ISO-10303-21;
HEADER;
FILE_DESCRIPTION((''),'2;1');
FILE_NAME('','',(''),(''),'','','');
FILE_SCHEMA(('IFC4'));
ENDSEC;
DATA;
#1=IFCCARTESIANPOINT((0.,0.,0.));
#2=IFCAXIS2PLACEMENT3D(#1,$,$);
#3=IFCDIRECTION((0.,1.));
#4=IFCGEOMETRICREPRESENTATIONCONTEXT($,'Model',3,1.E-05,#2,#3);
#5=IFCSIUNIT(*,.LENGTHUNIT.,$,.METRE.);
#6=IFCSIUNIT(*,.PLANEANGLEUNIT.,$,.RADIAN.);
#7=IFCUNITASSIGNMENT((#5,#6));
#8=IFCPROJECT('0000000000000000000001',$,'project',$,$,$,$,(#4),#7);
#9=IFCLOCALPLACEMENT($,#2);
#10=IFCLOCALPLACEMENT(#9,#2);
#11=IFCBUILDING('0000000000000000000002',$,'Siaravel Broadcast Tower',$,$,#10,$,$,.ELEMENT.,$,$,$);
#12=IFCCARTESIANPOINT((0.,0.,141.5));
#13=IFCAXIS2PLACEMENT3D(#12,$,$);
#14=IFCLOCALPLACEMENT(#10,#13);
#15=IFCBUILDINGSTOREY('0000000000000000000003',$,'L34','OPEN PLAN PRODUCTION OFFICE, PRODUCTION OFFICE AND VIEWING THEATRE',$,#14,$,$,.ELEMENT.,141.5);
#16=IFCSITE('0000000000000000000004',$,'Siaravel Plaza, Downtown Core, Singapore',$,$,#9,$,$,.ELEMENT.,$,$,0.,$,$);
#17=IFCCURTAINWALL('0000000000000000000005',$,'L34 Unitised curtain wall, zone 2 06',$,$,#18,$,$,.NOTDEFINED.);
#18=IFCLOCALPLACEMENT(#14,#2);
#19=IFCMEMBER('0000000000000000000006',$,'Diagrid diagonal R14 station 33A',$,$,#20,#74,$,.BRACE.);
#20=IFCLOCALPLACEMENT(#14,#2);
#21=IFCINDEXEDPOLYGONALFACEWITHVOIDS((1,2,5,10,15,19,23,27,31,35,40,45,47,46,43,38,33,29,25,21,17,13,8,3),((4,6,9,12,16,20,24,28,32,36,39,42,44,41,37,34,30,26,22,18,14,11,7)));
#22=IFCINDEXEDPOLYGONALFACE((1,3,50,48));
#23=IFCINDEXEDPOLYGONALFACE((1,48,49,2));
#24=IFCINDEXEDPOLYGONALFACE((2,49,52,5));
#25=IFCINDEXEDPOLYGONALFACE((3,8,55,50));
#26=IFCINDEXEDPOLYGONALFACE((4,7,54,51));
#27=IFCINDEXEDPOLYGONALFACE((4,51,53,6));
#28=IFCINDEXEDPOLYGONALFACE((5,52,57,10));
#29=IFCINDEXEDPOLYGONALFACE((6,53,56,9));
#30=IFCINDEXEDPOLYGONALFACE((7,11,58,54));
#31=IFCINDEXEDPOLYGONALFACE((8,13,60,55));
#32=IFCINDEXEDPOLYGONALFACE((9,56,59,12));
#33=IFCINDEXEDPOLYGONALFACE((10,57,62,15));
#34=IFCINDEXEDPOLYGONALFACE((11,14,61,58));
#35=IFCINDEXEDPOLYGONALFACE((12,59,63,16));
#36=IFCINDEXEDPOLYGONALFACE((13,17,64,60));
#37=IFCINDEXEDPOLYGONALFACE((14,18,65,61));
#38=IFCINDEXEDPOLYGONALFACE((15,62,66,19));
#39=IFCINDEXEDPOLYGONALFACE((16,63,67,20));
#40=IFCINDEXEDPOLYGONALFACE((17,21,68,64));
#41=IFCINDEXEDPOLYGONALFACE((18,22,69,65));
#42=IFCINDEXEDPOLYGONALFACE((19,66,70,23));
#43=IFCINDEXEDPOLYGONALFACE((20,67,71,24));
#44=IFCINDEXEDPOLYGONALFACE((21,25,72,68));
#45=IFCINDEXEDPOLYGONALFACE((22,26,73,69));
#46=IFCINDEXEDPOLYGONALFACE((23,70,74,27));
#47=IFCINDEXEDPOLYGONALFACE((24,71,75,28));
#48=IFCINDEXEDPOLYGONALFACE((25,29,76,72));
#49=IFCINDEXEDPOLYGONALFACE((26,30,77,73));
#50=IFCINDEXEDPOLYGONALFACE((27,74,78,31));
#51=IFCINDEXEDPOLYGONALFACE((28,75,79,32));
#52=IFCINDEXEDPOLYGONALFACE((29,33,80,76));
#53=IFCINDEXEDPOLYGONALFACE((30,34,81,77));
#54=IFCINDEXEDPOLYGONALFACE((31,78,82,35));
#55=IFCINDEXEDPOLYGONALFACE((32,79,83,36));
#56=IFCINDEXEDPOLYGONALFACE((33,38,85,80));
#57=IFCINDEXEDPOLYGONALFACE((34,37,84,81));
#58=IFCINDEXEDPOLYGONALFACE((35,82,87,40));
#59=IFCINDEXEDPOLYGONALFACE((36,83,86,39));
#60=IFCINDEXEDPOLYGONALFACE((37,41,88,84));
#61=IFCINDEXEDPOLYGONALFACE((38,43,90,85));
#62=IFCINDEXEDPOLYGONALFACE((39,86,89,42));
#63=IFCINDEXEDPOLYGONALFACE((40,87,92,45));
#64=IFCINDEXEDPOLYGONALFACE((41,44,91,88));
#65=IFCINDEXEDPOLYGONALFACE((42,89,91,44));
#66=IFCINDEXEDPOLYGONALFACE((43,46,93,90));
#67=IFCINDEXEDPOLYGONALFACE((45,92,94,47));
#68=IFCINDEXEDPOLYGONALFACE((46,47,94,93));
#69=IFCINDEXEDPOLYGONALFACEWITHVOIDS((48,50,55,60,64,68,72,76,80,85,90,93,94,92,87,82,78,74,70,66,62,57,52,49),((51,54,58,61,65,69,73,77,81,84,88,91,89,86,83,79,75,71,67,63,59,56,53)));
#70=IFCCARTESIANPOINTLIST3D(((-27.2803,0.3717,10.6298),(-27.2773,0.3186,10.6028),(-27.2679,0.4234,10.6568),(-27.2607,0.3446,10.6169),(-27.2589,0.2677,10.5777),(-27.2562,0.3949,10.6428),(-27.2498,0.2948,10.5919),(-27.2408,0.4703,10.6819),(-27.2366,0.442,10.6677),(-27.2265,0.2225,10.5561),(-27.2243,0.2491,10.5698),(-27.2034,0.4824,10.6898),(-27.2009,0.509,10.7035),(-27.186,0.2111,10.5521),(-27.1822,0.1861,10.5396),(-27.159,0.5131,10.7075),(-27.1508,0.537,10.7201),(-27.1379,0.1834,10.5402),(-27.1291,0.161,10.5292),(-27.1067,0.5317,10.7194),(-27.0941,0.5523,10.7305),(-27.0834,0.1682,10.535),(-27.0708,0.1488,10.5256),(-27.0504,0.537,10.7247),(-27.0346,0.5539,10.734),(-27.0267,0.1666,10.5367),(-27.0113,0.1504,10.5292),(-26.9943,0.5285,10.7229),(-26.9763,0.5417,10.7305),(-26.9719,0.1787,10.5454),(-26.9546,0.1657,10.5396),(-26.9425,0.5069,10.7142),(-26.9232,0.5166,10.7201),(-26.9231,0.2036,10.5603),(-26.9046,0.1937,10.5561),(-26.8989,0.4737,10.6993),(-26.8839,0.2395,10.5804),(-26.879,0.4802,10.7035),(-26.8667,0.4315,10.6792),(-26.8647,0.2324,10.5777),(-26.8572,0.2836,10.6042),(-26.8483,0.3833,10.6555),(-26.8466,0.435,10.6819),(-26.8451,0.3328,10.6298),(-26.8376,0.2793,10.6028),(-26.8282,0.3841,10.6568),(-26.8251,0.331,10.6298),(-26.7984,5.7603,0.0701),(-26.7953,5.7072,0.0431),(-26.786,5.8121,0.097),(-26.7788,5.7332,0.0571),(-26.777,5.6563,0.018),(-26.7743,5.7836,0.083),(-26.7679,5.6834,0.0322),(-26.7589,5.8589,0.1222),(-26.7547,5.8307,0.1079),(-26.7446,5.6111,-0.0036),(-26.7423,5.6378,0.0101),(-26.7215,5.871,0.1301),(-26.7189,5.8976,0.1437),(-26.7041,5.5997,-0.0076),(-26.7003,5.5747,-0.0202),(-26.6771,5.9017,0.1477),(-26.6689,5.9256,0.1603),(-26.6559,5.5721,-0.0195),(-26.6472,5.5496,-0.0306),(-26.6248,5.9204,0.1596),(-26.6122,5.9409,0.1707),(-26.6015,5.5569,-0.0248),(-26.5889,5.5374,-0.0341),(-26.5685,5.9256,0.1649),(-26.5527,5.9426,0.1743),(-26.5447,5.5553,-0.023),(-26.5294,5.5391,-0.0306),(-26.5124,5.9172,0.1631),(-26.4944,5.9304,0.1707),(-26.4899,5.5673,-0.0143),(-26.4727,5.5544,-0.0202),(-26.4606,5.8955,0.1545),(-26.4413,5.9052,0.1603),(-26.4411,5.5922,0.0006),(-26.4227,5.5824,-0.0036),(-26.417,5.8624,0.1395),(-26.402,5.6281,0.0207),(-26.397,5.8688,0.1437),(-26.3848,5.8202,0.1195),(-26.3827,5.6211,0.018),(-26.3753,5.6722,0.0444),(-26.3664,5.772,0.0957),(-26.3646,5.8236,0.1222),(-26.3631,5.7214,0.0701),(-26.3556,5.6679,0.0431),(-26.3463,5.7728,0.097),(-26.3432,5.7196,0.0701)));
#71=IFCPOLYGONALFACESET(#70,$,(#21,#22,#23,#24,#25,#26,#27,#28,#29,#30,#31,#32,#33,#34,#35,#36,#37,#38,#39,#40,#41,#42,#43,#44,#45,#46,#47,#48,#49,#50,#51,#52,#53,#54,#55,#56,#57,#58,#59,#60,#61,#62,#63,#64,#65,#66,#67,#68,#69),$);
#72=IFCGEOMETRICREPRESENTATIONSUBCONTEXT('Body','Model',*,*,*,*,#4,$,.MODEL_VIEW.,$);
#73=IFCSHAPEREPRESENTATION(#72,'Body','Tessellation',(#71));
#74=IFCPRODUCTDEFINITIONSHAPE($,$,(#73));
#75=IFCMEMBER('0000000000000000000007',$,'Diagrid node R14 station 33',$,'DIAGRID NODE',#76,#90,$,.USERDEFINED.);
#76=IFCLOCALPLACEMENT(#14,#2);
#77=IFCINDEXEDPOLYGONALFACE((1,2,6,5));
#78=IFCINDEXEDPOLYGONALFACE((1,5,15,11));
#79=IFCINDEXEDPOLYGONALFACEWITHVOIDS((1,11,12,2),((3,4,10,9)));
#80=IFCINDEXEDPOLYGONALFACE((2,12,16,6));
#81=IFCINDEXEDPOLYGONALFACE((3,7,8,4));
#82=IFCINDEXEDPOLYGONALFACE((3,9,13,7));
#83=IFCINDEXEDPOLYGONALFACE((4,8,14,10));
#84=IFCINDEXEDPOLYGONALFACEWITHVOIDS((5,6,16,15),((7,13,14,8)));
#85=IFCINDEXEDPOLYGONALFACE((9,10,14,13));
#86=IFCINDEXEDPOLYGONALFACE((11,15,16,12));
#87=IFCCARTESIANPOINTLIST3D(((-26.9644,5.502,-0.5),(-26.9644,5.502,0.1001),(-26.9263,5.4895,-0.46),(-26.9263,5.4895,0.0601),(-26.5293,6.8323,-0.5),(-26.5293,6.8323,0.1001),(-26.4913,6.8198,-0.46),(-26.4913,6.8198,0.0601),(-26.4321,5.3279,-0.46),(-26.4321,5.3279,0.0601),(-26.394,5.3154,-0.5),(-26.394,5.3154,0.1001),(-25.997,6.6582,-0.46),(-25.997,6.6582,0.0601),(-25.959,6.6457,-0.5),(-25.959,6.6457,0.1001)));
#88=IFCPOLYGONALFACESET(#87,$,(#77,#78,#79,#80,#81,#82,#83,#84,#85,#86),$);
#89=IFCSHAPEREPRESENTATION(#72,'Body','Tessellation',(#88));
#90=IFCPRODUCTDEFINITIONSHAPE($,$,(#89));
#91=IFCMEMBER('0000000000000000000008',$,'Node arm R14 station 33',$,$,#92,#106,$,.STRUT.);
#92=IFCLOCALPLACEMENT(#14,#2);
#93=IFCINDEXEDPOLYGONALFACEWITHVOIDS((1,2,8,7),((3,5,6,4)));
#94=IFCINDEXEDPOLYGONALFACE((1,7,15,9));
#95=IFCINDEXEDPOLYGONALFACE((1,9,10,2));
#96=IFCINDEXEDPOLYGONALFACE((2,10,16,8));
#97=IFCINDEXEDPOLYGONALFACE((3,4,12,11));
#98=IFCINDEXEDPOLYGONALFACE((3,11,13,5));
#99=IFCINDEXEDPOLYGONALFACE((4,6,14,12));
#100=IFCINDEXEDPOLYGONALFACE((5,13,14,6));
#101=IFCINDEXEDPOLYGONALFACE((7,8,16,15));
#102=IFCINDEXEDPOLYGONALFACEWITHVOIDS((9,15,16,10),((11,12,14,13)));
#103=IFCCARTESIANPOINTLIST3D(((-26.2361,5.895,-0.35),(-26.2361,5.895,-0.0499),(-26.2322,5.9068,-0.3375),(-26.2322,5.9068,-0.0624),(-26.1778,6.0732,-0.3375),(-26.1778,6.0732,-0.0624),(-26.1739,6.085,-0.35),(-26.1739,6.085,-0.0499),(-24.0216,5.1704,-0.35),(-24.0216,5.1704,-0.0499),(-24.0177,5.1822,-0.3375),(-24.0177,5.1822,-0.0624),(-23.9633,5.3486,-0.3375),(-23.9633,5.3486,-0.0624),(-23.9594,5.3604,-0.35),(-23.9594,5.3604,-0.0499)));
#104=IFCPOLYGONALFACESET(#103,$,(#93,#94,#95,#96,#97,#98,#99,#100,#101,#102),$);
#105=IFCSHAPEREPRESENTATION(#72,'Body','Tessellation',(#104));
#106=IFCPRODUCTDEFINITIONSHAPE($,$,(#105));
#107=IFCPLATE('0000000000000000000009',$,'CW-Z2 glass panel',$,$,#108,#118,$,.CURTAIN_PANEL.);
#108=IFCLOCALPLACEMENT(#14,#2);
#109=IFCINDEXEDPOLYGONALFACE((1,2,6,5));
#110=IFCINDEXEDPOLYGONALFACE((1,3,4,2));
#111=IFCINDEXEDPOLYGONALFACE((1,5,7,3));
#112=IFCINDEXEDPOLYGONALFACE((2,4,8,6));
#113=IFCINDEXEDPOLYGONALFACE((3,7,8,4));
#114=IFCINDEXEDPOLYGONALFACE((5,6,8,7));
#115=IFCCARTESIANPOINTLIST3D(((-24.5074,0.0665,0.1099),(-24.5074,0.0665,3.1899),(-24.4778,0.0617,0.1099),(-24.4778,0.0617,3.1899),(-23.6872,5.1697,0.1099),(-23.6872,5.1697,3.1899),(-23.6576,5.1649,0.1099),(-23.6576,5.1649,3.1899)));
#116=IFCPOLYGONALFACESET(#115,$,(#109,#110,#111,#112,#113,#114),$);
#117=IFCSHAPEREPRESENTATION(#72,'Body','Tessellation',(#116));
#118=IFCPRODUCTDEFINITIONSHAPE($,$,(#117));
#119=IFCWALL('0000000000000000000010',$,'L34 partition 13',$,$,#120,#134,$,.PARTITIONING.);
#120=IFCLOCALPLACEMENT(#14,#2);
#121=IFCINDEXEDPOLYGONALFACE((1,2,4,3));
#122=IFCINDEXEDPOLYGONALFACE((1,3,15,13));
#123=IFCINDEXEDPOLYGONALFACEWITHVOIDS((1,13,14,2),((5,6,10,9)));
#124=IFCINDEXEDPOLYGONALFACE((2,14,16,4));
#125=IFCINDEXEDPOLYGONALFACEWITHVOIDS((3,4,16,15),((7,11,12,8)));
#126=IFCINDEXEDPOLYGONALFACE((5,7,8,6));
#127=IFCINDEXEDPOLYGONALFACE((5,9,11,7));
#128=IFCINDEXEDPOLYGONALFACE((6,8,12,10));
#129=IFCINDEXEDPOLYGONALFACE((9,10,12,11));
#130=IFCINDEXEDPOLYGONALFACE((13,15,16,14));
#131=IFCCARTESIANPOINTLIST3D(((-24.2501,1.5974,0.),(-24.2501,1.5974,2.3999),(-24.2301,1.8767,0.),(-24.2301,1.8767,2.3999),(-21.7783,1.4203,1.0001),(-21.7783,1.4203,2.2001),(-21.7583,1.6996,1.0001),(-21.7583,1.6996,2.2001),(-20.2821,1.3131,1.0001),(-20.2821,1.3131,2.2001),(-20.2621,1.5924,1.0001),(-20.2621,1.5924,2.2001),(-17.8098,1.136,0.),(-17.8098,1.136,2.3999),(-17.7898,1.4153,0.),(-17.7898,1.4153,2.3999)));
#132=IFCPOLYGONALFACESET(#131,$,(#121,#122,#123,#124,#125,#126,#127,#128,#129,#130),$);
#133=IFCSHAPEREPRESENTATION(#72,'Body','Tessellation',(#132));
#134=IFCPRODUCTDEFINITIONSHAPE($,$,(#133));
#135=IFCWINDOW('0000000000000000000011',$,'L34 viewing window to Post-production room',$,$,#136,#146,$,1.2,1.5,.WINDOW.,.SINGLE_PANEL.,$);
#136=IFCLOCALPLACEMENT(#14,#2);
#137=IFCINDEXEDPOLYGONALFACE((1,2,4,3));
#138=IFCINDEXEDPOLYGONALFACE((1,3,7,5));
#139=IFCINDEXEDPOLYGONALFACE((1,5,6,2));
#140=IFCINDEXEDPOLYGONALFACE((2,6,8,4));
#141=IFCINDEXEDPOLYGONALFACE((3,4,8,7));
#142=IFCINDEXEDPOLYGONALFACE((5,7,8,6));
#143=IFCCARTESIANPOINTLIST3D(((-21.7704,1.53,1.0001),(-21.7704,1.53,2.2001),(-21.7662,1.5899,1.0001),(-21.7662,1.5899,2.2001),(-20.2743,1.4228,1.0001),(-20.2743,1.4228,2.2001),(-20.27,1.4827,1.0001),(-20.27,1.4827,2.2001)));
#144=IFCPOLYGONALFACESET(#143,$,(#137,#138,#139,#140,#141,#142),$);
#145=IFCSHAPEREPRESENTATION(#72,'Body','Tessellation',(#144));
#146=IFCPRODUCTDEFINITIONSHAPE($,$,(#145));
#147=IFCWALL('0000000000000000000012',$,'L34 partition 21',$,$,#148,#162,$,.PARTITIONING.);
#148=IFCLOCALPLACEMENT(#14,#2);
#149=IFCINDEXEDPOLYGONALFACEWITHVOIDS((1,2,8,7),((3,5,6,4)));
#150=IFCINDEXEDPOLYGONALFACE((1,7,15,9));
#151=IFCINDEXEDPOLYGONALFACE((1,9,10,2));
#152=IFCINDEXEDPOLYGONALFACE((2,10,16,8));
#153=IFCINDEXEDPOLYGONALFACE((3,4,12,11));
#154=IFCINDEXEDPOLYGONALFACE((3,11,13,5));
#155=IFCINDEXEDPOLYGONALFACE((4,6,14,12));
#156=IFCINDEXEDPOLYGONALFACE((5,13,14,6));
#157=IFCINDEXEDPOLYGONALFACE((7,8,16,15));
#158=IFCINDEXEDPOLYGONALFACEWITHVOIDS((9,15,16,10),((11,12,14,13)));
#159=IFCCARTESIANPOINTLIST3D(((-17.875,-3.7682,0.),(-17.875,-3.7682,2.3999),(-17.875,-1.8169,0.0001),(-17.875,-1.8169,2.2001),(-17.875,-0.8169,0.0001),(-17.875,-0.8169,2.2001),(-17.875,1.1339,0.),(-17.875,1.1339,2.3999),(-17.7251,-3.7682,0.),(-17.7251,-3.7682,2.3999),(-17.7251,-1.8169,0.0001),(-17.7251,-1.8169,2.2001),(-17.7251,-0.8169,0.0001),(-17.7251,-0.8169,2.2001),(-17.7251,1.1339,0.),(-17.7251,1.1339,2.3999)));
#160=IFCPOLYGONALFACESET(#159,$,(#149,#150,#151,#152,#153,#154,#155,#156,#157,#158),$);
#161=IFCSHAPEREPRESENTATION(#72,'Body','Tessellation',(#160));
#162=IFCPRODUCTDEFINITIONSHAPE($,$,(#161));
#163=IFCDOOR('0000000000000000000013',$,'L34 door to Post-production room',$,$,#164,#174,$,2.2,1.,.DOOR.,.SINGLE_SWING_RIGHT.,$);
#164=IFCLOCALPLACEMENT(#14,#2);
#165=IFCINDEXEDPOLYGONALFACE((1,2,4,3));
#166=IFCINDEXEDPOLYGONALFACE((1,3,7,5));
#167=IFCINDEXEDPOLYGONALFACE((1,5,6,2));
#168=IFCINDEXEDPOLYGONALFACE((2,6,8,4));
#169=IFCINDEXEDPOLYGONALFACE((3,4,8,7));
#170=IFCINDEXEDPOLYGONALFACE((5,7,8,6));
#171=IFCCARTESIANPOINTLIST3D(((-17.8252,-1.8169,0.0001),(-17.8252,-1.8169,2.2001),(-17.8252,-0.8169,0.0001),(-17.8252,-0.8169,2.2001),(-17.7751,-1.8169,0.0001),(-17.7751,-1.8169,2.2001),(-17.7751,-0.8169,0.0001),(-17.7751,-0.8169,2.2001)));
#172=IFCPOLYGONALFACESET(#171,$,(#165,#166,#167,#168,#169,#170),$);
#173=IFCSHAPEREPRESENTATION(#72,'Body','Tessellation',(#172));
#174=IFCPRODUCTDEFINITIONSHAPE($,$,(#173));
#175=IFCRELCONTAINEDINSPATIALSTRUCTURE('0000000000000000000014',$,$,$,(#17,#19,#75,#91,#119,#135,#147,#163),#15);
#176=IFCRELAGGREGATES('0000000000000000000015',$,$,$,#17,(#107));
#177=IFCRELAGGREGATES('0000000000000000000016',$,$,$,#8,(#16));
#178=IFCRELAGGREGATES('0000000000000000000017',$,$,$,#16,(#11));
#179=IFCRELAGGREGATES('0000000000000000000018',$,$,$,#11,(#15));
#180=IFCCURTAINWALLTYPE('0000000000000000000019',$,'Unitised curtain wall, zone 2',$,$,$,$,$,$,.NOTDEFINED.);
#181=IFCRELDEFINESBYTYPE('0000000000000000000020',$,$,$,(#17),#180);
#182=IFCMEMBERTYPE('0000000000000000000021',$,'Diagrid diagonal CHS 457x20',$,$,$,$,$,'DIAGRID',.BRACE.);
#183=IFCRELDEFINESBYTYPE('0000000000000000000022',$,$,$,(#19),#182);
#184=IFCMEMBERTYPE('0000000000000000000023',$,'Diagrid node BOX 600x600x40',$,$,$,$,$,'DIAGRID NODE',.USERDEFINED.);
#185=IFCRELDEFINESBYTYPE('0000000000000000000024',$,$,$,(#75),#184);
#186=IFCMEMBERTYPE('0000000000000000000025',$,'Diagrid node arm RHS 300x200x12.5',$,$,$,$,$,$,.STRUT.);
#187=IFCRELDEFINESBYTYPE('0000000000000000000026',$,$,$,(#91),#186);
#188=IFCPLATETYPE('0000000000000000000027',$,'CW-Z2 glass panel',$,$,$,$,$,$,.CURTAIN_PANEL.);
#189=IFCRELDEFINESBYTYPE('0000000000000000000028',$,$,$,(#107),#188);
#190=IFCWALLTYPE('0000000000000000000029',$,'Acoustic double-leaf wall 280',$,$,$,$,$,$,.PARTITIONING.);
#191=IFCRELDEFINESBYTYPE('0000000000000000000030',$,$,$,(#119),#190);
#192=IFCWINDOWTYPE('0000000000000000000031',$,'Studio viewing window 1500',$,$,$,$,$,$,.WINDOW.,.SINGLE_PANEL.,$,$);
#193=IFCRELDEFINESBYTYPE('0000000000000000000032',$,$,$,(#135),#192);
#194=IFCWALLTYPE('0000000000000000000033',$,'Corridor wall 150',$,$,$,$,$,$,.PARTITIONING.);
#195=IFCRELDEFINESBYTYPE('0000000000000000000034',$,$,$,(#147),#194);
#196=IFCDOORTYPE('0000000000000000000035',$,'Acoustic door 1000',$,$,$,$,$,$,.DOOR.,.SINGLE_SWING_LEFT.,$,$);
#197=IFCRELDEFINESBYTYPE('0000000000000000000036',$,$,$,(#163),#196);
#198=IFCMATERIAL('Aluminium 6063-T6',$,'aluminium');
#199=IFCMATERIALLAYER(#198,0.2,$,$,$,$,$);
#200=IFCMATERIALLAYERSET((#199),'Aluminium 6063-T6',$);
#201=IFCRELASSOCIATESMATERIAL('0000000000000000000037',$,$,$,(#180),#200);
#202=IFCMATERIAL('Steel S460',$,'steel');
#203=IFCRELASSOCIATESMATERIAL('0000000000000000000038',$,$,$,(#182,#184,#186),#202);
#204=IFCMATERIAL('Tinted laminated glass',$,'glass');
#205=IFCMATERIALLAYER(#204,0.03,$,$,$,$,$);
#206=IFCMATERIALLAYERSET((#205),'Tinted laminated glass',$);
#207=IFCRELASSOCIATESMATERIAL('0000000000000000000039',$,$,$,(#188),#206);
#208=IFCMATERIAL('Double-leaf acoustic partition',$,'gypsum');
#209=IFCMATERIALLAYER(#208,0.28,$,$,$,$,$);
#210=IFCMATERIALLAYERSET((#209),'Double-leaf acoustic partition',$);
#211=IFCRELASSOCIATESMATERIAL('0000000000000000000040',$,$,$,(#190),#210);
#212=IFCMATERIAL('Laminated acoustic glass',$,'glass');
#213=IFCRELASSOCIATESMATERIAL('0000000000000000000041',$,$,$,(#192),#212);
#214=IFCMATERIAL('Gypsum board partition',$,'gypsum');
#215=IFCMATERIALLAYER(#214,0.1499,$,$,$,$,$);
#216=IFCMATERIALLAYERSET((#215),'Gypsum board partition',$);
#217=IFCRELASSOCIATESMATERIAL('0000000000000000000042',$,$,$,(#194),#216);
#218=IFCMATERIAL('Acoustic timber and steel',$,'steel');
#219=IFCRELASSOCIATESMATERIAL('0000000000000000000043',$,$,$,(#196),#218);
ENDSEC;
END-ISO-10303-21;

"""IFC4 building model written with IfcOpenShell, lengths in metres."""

from ifc_helpers import new_model, si_unit, direction, frame, frame_2d, origin, origin_2d, place, context, subcontext, project, spatial, rectangle, hollow_rectangle, hollow_circle, extrude, material, layer, layer_set, material_profile, profile_set, type_object, element, fill, aggregate, save


model = new_model("IFC4")

# Units and contexts
model_context = context("Model", 3, precision=1e-05, world=origin(), true_north=direction((0.0, 1.0)))
body_context = subcontext(model_context, "Body", "Model", "MODEL_VIEW")
ifc_project = project(units=[si_unit("LENGTHUNIT", "METRE"), si_unit("PLANEANGLEUNIT", "RADIAN")], contexts=[model_context])

# Site, building, storey
site_placement = place(None, origin())
site = spatial("IfcSite", under=ifc_project, at=site_placement, Name="Siaravel Plaza, Downtown Core, Singapore", CompositionType="ELEMENT", RefElevation=0.0)
building_placement = place(site_placement, origin())
building = spatial("IfcBuilding", under=site, at=building_placement, Name="Siaravel Broadcast Tower", CompositionType="ELEMENT")
storey_placement = place(building_placement, frame((0.0, 0.0, 141.5)))
storey = spatial("IfcBuildingStorey", under=building, at=storey_placement, Name="L34", Description="OPEN PLAN PRODUCTION OFFICE, PRODUCTION OFFICE AND VIEWING THEATRE", CompositionType="ELEMENT", Elevation=141.5)

# Curtain wall
ifc_material_1 = material(Name="Aluminium 6063-T6", Category="aluminium")
ifc_layer_1 = layer(ifc_material_1, 0.2)
ifc_layer_set_1 = layer_set([ifc_layer_1], Name="Aluminium 6063-T6")
curtain_wall_type = type_object("IfcCurtainWallType", Name="Unitised curtain wall, zone 2", PredefinedType="NOTDEFINED", material=ifc_layer_set_1)
curtain_wall_1_placement = place(storey_placement, origin())
curtain_wall_1 = element("IfcCurtainWall", 1, at=curtain_wall_1_placement, inside=storey, type_object=curtain_wall_type, Name="L34 Unitised curtain wall, zone 2 06", PredefinedType="NOTDEFINED")

# Members
ifc_material_2 = material(Name="Steel S460", Category="steel")
ifc_material_profile_1 = material_profile(ifc_material_2, hollow_circle(Radius=0.2285, WallThickness=0.02, at=origin_2d()))
ifc_profile_set_1 = profile_set([ifc_material_profile_1], Name="Steel S460")
member_type_1 = type_object("IfcMemberType", Name="Diagrid diagonal CHS 457x20", ElementType="DIAGRID", PredefinedType="BRACE", material=ifc_profile_set_1)
member_1_placement = place(storey_placement, frame((-26.5708, 5.74, 0.0701), z_axis=(-0.040618, -0.454163, 0.889992), x_axis=(0.996025, -0.089079, 0.0)))
element("IfcMember", 2, at=member_1_placement, inside=storey, type_object=member_type_1, Name="Diagrid diagonal R14 station 33A", PredefinedType="BRACE", context=body_context, shape_type="SweptSolid", body=[
    extrude(hollow_circle(Radius=0.2285, WallThickness=0.02, at=origin_2d()), origin(), (0.0, 0.0, 1.0), 11.865),
])
ifc_material_profile_2 = material_profile(ifc_material_2, hollow_rectangle(XDim=0.6001, YDim=0.6001, WallThickness=0.04, at=origin_2d()))
ifc_profile_set_2 = profile_set([ifc_material_profile_2], Name="Steel S460")
member_type_2 = type_object("IfcMemberType", Name="Diagrid node BOX 600x600x40", ElementType="DIAGRID NODE", PredefinedType="USERDEFINED", material=ifc_profile_set_2)
member_2_placement = place(storey_placement, frame((-26.2441, 6.739, -0.2), z_axis=(-0.310833, -0.950465, 0.0), x_axis=(0.950465, -0.310833, 0.0)))
element("IfcMember", 3, at=member_2_placement, inside=storey, type_object=member_type_2, Name="Diagrid node R14 station 33", ObjectType="DIAGRID NODE", PredefinedType="USERDEFINED", context=body_context, shape_type="SweptSolid", body=[
    extrude(hollow_rectangle(XDim=0.6001, YDim=0.6001, WallThickness=0.04, at=origin_2d()), origin(), (0.0, 0.0, 1.0), 1.3997),
])
ifc_material_profile_3 = material_profile(ifc_material_2, hollow_rectangle(XDim=0.2, YDim=0.3, WallThickness=0.0125, at=origin_2d()))
ifc_profile_set_3 = profile_set([ifc_material_profile_3], Name="Steel S460")
member_type_3 = type_object("IfcMemberType", Name="Diagrid node arm RHS 300x200x12.5", PredefinedType="STRUT", material=ifc_profile_set_3)
member_3_placement = place(storey_placement, frame((-23.9905, 5.2654, -0.2), z_axis=(-0.950419, 0.310974, 0.0), x_axis=(-0.310974, -0.950419, 0.0)))
element("IfcMember", 4, at=member_3_placement, inside=storey, type_object=member_type_3, Name="Node arm R14 station 33", PredefinedType="STRUT", context=body_context, shape_type="SweptSolid", body=[
    extrude(hollow_rectangle(XDim=0.2, YDim=0.3, WallThickness=0.0125, at=origin_2d()), origin(), (0.0, 0.0, 1.0), 2.3301),
])

# Plate
ifc_material_3 = material(Name="Tinted laminated glass", Category="glass")
ifc_layer_2 = layer(ifc_material_3, 0.03)
ifc_layer_set_2 = layer_set([ifc_layer_2], Name="Tinted laminated glass")
plate_type = type_object("IfcPlateType", Name="CW-Z2 glass panel", PredefinedType="CURTAIN_PANEL", material=ifc_layer_set_2)
plate_placement = place(storey_placement, frame((-24.0825, 2.6157, 0.1099), z_axis=(0.0, 0.0, 1.0), x_axis=(-0.158685, -0.987329, 0.0)))
plate = element("IfcPlate", 5, at=plate_placement, type_object=plate_type, Name="CW-Z2 glass panel", PredefinedType="CURTAIN_PANEL", context=body_context, shape_type="SweptSolid", body=[
    extrude(rectangle(XDim=5.1687, YDim=0.03, at=origin_2d()), origin(), (0.0, 0.0, 1.0), 3.0801),
])
aggregate(curtain_wall_1, [plate])

# Wall, opening, window
ifc_material_4 = material(Name="Double-leaf acoustic partition", Category="gypsum")
ifc_layer_3 = layer(ifc_material_4, 0.28)
ifc_layer_set_3 = layer_set([ifc_layer_3], Name="Double-leaf acoustic partition")
wall_type_1 = type_object("IfcWallType", Name="Acoustic double-leaf wall 280", PredefinedType="PARTITIONING", material=ifc_layer_set_3)
wall_1_placement = place(storey_placement, frame((-24.2402, 1.7371, 0.0), z_axis=(0.0, 0.0, 1.0), x_axis=(0.997443, -0.071465, 0.0)))
wall_1 = element("IfcWall", 6, at=wall_1_placement, inside=storey, type_object=wall_type_1, Name="L34 partition 13", PredefinedType="PARTITIONING", context=body_context, shape_type="SweptSolid", body=[
    extrude(rectangle(XDim=6.4568, YDim=0.28, at=frame_2d((3.2285, 0.0))), origin(), (0.0, 0.0, 1.0), 2.3999),
])
opening_1_placement = place(wall_1_placement, frame((2.4783, 0.0, 1.0)))
opening_1 = element("IfcOpeningElement", 7, at=opening_1_placement, cuts=wall_1, PredefinedType="OPENING", context=body_context, shape_type="SweptSolid", body=[
    extrude(rectangle(XDim=1.5, YDim=1.2, at=frame_2d((0.75, 0.6001))), frame((0.0, 0.1499, 0.0), z_axis=(0.0, -1.0, 0.0), x_axis=(1.0, 0.0, 0.0)), (0.0, 0.0, 1.0), 0.3),
])
ifc_material_5 = material(Name="Laminated acoustic glass", Category="glass")
window_type = type_object("IfcWindowType", Name="Studio viewing window 1500", PartitioningType="SINGLE_PANEL", PredefinedType="WINDOW", material=ifc_material_5)
window_placement = place(opening_1_placement, origin())
window = element("IfcWindow", 8, at=window_placement, inside=storey, type_object=window_type, Name="L34 viewing window to Post-production room", OverallHeight=1.2, OverallWidth=1.5, PartitioningType="SINGLE_PANEL", PredefinedType="WINDOW", context=body_context, shape_type="SweptSolid", body=[
    extrude(rectangle(XDim=1.5, YDim=1.2, at=frame_2d((0.75, 0.6001))), frame((0.0, 0.03, 0.0), z_axis=(0.0, -1.0, 0.0), x_axis=(1.0, 0.0, 0.0)), (0.0, 0.0, 1.0), 0.0601),
])
fill(opening_1, window)

# Wall, opening, door
ifc_material_6 = material(Name="Gypsum board partition", Category="gypsum")
ifc_layer_4 = layer(ifc_material_6, 0.1499)
ifc_layer_set_4 = layer_set([ifc_layer_4], Name="Gypsum board partition")
wall_type_2 = type_object("IfcWallType", Name="Corridor wall 150", PredefinedType="PARTITIONING", material=ifc_layer_set_4)
wall_2_placement = place(storey_placement, frame((-17.8, 1.134, 0.0), z_axis=(0.0, 0.0, 1.0), x_axis=(0.0, -1.0, 0.0)))
wall_2 = element("IfcWall", 9, at=wall_2_placement, inside=storey, type_object=wall_type_2, Name="L34 partition 21", PredefinedType="PARTITIONING", context=body_context, shape_type="SweptSolid", body=[
    extrude(rectangle(XDim=4.9021, YDim=0.1499, at=frame_2d((2.4512, 0.0))), origin(), (0.0, 0.0, 1.0), 2.3999),
])
opening_2_placement = place(wall_2_placement, frame((1.9509, 0.0, 0.0)))
opening_2 = element("IfcOpeningElement", 10, at=opening_2_placement, cuts=wall_2, PredefinedType="OPENING", context=body_context, shape_type="SweptSolid", body=[
    extrude(rectangle(XDim=1.0, YDim=2.2, at=frame_2d((0.5, 1.1001))), frame((0.0, 0.085, 0.0), z_axis=(0.0, -1.0, 0.0), x_axis=(1.0, 0.0, 0.0)), (0.0, 0.0, 1.0), 0.1699),
])
ifc_material_7 = material(Name="Acoustic timber and steel", Category="steel")
door_type_1 = type_object("IfcDoorType", Name="Acoustic door 1000", OperationType="SINGLE_SWING_LEFT", PredefinedType="DOOR", material=ifc_material_7)
door_1_placement = place(opening_2_placement, origin())
door_1 = element("IfcDoor", 11, at=door_1_placement, inside=storey, type_object=door_type_1, Name="L34 door to Post-production room", OperationType="SINGLE_SWING_RIGHT", OverallHeight=2.2, OverallWidth=1.0, PredefinedType="DOOR", context=body_context, shape_type="SweptSolid", body=[
    extrude(rectangle(XDim=1.0, YDim=2.2, at=frame_2d((0.5, 1.1001))), frame((0.0, 0.0249, 0.0), z_axis=(0.0, -1.0, 0.0), x_axis=(1.0, 0.0, 0.0)), (0.0, 0.0, 1.0), 0.05),
])
fill(opening_2, door_1)

save(model, "model.ifc")
